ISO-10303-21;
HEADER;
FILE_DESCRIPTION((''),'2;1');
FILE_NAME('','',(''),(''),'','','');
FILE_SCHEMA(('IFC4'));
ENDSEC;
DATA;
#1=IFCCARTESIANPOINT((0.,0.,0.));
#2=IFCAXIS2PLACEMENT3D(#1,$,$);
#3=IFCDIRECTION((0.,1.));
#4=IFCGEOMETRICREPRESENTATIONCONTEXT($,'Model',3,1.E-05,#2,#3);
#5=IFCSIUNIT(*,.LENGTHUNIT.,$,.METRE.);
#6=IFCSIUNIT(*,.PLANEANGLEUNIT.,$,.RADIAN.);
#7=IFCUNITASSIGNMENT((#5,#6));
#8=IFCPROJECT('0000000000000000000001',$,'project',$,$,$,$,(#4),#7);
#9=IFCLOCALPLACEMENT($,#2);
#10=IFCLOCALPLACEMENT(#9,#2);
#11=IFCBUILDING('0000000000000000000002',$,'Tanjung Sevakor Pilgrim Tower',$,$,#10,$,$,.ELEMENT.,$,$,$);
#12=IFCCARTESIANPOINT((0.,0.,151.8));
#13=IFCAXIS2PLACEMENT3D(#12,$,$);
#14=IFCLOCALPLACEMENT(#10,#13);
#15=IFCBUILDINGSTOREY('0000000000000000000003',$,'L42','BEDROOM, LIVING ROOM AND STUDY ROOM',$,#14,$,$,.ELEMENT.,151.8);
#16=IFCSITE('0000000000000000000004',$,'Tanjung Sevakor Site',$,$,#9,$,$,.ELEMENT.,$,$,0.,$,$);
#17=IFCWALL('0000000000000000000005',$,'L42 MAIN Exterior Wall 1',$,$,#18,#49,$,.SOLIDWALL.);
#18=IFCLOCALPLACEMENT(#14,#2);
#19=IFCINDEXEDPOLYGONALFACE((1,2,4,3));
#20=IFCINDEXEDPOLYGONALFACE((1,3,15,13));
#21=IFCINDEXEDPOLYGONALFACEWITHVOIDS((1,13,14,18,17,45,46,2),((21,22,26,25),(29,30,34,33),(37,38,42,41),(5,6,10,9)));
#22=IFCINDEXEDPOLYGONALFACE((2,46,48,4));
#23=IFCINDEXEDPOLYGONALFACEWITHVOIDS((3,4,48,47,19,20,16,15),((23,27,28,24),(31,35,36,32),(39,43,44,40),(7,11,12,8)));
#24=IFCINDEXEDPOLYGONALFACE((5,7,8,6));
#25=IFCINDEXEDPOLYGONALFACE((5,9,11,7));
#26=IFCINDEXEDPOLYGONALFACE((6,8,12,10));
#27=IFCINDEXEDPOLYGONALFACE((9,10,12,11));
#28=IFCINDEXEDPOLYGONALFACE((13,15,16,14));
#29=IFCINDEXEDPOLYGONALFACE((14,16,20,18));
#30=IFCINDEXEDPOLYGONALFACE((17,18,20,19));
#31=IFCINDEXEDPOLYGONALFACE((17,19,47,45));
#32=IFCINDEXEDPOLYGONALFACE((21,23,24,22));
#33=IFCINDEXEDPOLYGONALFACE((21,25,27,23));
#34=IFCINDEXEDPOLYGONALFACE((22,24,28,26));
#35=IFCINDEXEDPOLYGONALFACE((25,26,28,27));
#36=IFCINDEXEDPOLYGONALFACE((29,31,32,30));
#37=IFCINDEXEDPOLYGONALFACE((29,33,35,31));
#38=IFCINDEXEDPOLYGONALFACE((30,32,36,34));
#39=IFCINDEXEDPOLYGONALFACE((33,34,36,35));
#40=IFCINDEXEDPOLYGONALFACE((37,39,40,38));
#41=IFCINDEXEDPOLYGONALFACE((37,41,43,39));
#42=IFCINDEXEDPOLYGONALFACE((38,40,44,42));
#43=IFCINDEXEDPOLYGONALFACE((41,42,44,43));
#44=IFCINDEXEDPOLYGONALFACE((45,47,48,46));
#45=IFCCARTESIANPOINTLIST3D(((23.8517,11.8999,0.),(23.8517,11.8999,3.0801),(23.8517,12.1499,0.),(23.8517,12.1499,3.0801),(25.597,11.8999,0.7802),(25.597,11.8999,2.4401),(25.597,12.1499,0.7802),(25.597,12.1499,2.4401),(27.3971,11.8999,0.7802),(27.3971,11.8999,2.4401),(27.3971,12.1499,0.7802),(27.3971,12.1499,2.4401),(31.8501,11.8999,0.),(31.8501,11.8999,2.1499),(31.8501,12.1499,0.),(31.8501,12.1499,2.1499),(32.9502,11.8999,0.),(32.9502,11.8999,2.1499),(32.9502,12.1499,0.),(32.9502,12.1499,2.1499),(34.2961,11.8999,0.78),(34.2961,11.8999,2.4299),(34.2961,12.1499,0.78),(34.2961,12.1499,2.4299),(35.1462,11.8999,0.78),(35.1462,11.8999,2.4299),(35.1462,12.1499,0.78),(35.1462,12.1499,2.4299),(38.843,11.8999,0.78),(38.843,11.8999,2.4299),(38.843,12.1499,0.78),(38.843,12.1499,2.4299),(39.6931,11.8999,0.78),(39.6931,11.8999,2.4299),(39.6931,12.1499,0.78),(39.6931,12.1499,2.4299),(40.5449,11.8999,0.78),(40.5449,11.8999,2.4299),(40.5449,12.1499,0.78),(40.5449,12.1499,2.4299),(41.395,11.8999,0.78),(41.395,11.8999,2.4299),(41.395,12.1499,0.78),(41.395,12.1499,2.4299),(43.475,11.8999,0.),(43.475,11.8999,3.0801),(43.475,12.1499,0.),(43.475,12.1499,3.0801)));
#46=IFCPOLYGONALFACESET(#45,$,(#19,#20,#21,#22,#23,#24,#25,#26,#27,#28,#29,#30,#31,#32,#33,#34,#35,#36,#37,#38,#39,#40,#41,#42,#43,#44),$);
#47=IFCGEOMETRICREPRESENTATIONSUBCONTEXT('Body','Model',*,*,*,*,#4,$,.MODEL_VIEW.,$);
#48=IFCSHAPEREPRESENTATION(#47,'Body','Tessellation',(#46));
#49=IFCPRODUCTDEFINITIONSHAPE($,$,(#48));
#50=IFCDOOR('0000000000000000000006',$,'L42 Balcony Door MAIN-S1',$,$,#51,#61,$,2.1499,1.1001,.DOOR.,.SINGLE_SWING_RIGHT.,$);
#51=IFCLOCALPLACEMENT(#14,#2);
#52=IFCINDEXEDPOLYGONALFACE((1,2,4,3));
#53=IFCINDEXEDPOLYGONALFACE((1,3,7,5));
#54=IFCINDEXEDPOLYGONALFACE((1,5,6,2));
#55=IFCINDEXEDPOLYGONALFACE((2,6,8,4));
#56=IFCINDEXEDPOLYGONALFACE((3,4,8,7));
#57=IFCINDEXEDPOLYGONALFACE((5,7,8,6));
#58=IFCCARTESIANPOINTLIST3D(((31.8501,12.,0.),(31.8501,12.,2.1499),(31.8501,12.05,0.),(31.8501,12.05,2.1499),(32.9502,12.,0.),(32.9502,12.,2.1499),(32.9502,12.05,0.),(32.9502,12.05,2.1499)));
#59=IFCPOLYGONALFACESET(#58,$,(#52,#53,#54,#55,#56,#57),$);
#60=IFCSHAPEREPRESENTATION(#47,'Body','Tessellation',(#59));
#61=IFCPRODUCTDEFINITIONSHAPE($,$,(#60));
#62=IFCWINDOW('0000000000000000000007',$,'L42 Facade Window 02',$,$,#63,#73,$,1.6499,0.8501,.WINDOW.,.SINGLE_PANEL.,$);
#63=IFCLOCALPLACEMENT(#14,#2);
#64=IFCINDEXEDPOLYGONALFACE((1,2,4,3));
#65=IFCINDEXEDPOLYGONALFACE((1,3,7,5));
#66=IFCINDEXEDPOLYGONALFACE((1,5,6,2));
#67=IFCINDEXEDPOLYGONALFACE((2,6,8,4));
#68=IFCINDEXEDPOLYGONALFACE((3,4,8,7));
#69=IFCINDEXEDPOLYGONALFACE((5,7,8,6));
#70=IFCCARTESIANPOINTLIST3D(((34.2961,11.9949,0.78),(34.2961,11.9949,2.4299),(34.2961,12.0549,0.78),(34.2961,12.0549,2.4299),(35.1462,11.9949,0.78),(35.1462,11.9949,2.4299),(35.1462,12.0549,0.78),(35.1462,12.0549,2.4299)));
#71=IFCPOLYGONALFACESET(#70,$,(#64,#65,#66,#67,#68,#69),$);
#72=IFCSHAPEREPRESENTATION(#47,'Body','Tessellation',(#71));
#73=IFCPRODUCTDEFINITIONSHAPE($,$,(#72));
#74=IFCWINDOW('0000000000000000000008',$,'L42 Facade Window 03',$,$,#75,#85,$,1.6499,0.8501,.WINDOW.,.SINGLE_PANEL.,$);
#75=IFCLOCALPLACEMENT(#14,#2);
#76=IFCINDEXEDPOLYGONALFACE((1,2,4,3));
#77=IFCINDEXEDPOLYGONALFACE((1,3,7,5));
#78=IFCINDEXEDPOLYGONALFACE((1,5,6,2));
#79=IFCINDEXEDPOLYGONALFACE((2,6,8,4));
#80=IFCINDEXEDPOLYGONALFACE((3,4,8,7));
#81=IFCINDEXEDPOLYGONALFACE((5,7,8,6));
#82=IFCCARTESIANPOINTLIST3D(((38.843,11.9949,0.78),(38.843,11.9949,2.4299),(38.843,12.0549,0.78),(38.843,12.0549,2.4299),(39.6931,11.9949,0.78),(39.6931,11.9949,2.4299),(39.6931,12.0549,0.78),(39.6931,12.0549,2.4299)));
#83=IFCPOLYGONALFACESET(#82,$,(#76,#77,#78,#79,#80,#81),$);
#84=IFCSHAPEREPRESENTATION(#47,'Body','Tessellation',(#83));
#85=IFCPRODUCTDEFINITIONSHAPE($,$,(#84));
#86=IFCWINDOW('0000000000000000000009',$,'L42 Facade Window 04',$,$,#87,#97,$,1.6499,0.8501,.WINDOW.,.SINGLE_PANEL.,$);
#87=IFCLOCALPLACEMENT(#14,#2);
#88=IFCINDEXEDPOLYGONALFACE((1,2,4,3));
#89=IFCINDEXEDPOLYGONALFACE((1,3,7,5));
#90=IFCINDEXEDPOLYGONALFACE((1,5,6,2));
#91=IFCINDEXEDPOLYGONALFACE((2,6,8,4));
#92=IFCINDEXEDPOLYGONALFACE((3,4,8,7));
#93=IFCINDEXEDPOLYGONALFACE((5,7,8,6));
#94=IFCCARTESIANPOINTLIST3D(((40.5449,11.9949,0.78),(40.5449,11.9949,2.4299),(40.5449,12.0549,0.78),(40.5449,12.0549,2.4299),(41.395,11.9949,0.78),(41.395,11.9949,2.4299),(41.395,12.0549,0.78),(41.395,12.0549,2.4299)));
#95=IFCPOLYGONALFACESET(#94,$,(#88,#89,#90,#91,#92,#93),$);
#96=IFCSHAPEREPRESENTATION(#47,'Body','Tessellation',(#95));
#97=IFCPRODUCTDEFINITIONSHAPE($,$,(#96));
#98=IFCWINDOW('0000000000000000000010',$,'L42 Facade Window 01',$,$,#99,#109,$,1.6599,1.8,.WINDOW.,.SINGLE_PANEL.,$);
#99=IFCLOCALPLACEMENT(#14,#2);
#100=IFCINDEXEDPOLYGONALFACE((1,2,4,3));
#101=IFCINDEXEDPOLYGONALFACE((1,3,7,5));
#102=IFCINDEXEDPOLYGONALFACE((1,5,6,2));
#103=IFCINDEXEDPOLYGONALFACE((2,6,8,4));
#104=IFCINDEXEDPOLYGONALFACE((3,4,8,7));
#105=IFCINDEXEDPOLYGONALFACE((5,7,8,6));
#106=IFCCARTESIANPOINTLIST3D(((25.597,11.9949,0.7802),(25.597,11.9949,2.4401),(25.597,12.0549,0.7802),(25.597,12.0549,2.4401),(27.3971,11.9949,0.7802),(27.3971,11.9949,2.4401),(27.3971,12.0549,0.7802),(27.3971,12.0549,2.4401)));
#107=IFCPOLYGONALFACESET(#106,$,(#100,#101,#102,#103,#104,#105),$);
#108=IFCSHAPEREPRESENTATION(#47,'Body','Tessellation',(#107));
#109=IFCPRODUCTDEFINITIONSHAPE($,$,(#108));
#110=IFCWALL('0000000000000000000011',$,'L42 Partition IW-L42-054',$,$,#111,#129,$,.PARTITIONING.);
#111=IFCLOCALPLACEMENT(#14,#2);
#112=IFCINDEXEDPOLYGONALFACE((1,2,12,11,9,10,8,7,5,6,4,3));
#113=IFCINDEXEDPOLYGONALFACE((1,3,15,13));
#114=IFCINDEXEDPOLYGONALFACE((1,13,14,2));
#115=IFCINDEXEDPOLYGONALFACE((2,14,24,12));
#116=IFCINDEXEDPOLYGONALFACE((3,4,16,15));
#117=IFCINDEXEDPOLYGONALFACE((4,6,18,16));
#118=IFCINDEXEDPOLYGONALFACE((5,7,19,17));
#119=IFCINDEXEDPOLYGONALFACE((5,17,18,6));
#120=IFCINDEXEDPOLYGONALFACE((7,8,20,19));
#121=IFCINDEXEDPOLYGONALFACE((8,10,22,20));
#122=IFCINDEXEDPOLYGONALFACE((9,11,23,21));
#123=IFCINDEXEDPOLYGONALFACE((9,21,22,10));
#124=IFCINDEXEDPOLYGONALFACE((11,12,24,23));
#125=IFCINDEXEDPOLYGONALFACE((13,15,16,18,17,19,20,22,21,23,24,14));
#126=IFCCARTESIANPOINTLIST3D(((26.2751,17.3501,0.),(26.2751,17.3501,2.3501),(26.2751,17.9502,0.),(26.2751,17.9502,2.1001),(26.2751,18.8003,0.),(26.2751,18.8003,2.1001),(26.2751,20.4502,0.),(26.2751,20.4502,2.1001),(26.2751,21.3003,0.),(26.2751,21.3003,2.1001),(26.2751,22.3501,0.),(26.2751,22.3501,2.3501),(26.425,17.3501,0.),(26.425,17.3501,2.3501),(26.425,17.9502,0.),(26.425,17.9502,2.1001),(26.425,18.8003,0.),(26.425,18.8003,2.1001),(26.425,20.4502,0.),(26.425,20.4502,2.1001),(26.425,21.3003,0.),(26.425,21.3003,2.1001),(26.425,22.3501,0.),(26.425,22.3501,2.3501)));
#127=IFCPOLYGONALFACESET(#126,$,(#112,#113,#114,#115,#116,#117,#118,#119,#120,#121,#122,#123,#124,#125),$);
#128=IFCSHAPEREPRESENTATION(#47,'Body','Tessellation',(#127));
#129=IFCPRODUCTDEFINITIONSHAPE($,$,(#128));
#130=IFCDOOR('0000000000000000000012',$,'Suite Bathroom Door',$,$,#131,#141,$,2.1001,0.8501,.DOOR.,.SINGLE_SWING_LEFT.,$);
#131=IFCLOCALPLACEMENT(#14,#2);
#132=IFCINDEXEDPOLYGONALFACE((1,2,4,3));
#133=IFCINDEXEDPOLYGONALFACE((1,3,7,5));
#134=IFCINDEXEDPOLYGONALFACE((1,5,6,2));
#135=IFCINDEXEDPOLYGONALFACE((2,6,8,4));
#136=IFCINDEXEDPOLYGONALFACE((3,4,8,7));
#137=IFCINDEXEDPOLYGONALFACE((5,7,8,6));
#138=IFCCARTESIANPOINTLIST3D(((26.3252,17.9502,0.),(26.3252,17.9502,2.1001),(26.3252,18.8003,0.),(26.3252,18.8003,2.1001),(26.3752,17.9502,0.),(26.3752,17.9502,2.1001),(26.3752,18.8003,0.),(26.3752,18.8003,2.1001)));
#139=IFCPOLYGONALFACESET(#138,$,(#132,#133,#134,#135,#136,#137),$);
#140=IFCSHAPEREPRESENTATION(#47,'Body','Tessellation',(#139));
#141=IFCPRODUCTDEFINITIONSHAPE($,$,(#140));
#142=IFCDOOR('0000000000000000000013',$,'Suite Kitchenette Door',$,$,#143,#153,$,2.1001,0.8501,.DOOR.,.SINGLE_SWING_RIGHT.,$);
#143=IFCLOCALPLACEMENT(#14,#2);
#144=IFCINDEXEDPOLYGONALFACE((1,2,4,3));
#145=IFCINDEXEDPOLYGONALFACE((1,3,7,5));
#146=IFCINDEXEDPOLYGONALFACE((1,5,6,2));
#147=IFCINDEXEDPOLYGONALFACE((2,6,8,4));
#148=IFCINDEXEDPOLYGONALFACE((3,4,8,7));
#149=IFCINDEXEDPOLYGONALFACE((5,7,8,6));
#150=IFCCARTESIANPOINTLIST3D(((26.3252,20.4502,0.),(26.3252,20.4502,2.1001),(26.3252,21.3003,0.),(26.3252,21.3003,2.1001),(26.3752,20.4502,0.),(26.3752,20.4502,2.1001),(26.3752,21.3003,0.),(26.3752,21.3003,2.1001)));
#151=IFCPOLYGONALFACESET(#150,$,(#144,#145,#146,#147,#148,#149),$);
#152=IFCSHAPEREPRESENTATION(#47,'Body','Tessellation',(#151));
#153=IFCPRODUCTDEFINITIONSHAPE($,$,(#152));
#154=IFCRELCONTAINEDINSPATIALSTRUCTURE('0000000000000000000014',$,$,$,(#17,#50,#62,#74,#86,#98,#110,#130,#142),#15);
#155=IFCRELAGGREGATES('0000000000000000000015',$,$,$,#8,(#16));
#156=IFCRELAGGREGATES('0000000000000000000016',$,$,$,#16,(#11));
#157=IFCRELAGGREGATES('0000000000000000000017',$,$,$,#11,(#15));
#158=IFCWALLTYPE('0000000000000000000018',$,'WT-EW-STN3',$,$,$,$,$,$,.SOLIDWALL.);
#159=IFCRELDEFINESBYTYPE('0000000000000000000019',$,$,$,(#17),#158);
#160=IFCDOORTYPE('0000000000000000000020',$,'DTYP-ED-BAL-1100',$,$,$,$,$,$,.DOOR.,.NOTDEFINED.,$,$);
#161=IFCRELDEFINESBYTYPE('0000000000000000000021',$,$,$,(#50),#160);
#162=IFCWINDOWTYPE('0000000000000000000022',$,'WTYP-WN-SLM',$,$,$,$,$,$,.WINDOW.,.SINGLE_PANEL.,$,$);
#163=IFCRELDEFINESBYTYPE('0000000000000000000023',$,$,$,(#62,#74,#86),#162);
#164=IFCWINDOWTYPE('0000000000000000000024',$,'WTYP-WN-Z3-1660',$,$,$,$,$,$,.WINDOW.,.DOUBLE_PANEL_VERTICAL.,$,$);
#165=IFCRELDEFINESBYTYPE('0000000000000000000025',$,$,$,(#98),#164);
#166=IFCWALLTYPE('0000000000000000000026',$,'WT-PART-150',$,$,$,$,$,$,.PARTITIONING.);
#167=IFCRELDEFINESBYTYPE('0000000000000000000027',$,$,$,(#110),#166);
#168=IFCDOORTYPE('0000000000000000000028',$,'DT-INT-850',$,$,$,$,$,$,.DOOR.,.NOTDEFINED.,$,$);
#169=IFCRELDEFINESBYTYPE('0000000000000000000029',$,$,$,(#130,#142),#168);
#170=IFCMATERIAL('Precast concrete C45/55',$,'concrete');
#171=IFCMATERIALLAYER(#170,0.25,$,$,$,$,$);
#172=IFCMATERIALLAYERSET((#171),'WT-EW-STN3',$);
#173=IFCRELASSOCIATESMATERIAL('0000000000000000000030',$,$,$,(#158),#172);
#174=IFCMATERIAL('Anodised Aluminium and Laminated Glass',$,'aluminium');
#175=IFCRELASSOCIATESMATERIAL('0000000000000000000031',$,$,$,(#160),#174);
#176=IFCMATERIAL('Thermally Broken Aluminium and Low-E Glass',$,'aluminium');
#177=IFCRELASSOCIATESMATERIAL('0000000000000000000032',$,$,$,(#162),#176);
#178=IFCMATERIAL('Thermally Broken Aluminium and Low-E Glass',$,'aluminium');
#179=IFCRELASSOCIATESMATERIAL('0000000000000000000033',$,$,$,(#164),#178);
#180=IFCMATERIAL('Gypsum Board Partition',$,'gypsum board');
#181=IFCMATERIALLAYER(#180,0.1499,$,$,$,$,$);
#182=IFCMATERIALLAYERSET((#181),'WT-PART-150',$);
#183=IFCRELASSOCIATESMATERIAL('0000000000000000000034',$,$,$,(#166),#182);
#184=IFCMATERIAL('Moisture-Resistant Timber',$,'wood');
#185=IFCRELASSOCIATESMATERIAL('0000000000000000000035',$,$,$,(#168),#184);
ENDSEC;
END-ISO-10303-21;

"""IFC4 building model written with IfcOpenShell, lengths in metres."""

from ifc_helpers import new_model, si_unit, direction, frame, frame_2d, origin, place, context, subcontext, project, spatial, rectangle, extrude, material, layer, layer_set, type_object, element, fill, save


model = new_model("IFC4")

# Units and contexts
model_context = context("Model", 3, precision=1e-05, world=origin(), true_north=direction((0.0, 1.0)))
body_context = subcontext(model_context, "Body", "Model", "MODEL_VIEW")
ifc_project = project(units=[si_unit("LENGTHUNIT", "METRE"), si_unit("PLANEANGLEUNIT", "RADIAN")], contexts=[model_context])

# Site, building, storey
site_placement = place(None, origin())
site = spatial("IfcSite", under=ifc_project, at=site_placement, Name="Tanjung Sevakor Site", CompositionType="ELEMENT", RefElevation=0.0)
building_placement = place(site_placement, origin())
building = spatial("IfcBuilding", under=site, at=building_placement, Name="Tanjung Sevakor Pilgrim Tower", CompositionType="ELEMENT")
storey_placement = place(building_placement, frame((0.0, 0.0, 151.8)))
storey = spatial("IfcBuildingStorey", under=building, at=storey_placement, Name="L42", Description="BEDROOM, LIVING ROOM AND STUDY ROOM", CompositionType="ELEMENT", Elevation=151.8)

# Wall, openings, door, windows
ifc_material_1 = material(Name="Precast concrete C45/55", Category="concrete")
ifc_layer_1 = layer(ifc_material_1, 0.25)
ifc_layer_set_1 = layer_set([ifc_layer_1], Name="WT-EW-STN3")
wall_type_1 = type_object("IfcWallType", Name="WT-EW-STN3", PredefinedType="SOLIDWALL", material=ifc_layer_set_1)
wall_1_placement = place(storey_placement, frame((23.8518, 12.0249, 0.0), z_axis=(0.0, 0.0, 1.0), x_axis=(1.0, 0.0, 0.0)))
wall_1 = element("IfcWall", 1, at=wall_1_placement, inside=storey, type_object=wall_type_1, Name="L42 MAIN Exterior Wall 1", PredefinedType="SOLIDWALL", context=body_context, shape_type="SweptSolid", body=[
    extrude(rectangle(XDim=19.6233, YDim=0.25, at=frame_2d((9.8115, 0.0))), origin(), (0.0, 0.0, 1.0), 3.0801),
])
opening_1_placement = place(wall_1_placement, frame((7.9983, 0.0, 0.0)))
opening_1 = element("IfcOpeningElement", 2, at=opening_1_placement, cuts=wall_1, PredefinedType="OPENING", context=body_context, shape_type="SweptSolid", body=[
    extrude(rectangle(XDim=1.1001, YDim=2.1499, at=frame_2d((0.55, 1.075))), frame((0.0, 0.135, 0.0), z_axis=(0.0, -1.0, 0.0), x_axis=(1.0, 0.0, 0.0)), (0.0, 0.0, 1.0), 0.27),
])
opening_2_placement = place(wall_1_placement, frame((1.7454, 0.0, 0.78)))
opening_2 = element("IfcOpeningElement", 3, at=opening_2_placement, cuts=wall_1, PredefinedType="OPENING", context=body_context, shape_type="SweptSolid", body=[
    extrude(rectangle(XDim=1.8, YDim=1.6599, at=frame_2d((0.8999, 0.8301))), frame((0.0, 0.135, 0.0), z_axis=(0.0, -1.0, 0.0), x_axis=(1.0, 0.0, 0.0)), (0.0, 0.0, 1.0), 0.27),
])
opening_3_placement = place(wall_1_placement, frame((10.4443, 0.0, 0.78)))
opening_3 = element("IfcOpeningElement", 4, at=opening_3_placement, cuts=wall_1, PredefinedType="OPENING", context=body_context, shape_type="SweptSolid", body=[
    extrude(rectangle(XDim=0.8501, YDim=1.6499, at=frame_2d((0.425, 0.825))), frame((0.0, 0.135, 0.0), z_axis=(0.0, -1.0, 0.0), x_axis=(1.0, 0.0, 0.0)), (0.0, 0.0, 1.0), 0.27),
])
opening_4_placement = place(wall_1_placement, frame((14.9912, 0.0, 0.78)))
opening_4 = element("IfcOpeningElement", 5, at=opening_4_placement, cuts=wall_1, PredefinedType="OPENING", context=body_context, shape_type="SweptSolid", body=[
    extrude(rectangle(XDim=0.8501, YDim=1.6499, at=frame_2d((0.425, 0.825))), frame((0.0, 0.135, 0.0), z_axis=(0.0, -1.0, 0.0), x_axis=(1.0, 0.0, 0.0)), (0.0, 0.0, 1.0), 0.27),
])
opening_5_placement = place(wall_1_placement, frame((16.6931, 0.0, 0.78)))
opening_5 = element("IfcOpeningElement", 6, at=opening_5_placement, cuts=wall_1, PredefinedType="OPENING", context=body_context, shape_type="SweptSolid", body=[
    extrude(rectangle(XDim=0.8501, YDim=1.6499, at=frame_2d((0.425, 0.825))), frame((0.0, 0.135, 0.0), z_axis=(0.0, -1.0, 0.0), x_axis=(1.0, 0.0, 0.0)), (0.0, 0.0, 1.0), 0.27),
])
ifc_material_2 = material(Name="Anodised Aluminium and Laminated Glass", Category="aluminium")
door_type_1 = type_object("IfcDoorType", Name="DTYP-ED-BAL-1100", OperationType="NOTDEFINED", PredefinedType="DOOR", material=ifc_material_2)
door_1_placement = place(opening_1_placement, frame((1.1001, 0.0, 0.0), z_axis=(0.0, 0.0, 1.0), x_axis=(-1.0, 0.0, 0.0)))
door_1 = element("IfcDoor", 7, at=door_1_placement, inside=storey, type_object=door_type_1, Name="L42 Balcony Door MAIN-S1", OperationType="SINGLE_SWING_RIGHT", OverallHeight=2.1499, OverallWidth=1.1001, PredefinedType="DOOR", context=body_context, shape_type="SweptSolid", body=[
    extrude(rectangle(XDim=1.1001, YDim=2.1499, at=frame_2d((0.55, 1.075))), frame((0.0, 0.0249, 0.0), z_axis=(0.0, -1.0, 0.0), x_axis=(1.0, 0.0, 0.0)), (0.0, 0.0, 1.0), 0.05),
])
fill(opening_1, door_1)
ifc_material_3 = material(Name="Thermally Broken Aluminium and Low-E Glass", Category="aluminium")
window_type_1 = type_object("IfcWindowType", Name="WTYP-WN-SLM", PartitioningType="SINGLE_PANEL", PredefinedType="WINDOW", material=ifc_material_3)
window_1_placement = place(opening_3_placement, origin())
window_1 = element("IfcWindow", 8, at=window_1_placement, inside=storey, type_object=window_type_1, Name="L42 Facade Window 02", OverallHeight=1.6499, OverallWidth=0.8501, PartitioningType="SINGLE_PANEL", PredefinedType="WINDOW", context=body_context, shape_type="SweptSolid", body=[
    extrude(rectangle(XDim=0.8501, YDim=1.6499, at=frame_2d((0.425, 0.825))), frame((0.0, 0.03, 0.0), z_axis=(0.0, -1.0, 0.0), x_axis=(1.0, 0.0, 0.0)), (0.0, 0.0, 1.0), 0.0601),
])
fill(opening_3, window_1)
window_2_placement = place(opening_4_placement, origin())
window_2 = element("IfcWindow", 9, at=window_2_placement, inside=storey, type_object=window_type_1, Name="L42 Facade Window 03", OverallHeight=1.6499, OverallWidth=0.8501, PartitioningType="SINGLE_PANEL", PredefinedType="WINDOW", context=body_context, shape_type="SweptSolid", body=[
    extrude(rectangle(XDim=0.8501, YDim=1.6499, at=frame_2d((0.425, 0.825))), frame((0.0, 0.03, 0.0), z_axis=(0.0, -1.0, 0.0), x_axis=(1.0, 0.0, 0.0)), (0.0, 0.0, 1.0), 0.0601),
])
fill(opening_4, window_2)
window_3_placement = place(opening_5_placement, origin())
window_3 = element("IfcWindow", 10, at=window_3_placement, inside=storey, type_object=window_type_1, Name="L42 Facade Window 04", OverallHeight=1.6499, OverallWidth=0.8501, PartitioningType="SINGLE_PANEL", PredefinedType="WINDOW", context=body_context, shape_type="SweptSolid", body=[
    extrude(rectangle(XDim=0.8501, YDim=1.6499, at=frame_2d((0.425, 0.825))), frame((0.0, 0.03, 0.0), z_axis=(0.0, -1.0, 0.0), x_axis=(1.0, 0.0, 0.0)), (0.0, 0.0, 1.0), 0.0601),
])
fill(opening_5, window_3)
ifc_material_4 = material(Name="Thermally Broken Aluminium and Low-E Glass", Category="aluminium")
window_type_2 = type_object("IfcWindowType", Name="WTYP-WN-Z3-1660", PartitioningType="DOUBLE_PANEL_VERTICAL", PredefinedType="WINDOW", material=ifc_material_4)
window_4_placement = place(opening_2_placement, origin())
window_4 = element("IfcWindow", 11, at=window_4_placement, inside=storey, type_object=window_type_2, Name="L42 Facade Window 01", OverallHeight=1.6599, OverallWidth=1.8, PartitioningType="SINGLE_PANEL", PredefinedType="WINDOW", context=body_context, shape_type="SweptSolid", body=[
    extrude(rectangle(XDim=1.8, YDim=1.6599, at=frame_2d((0.8999, 0.8301))), frame((0.0, 0.03, 0.0), z_axis=(0.0, -1.0, 0.0), x_axis=(1.0, 0.0, 0.0)), (0.0, 0.0, 1.0), 0.0601),
])
fill(opening_2, window_4)

# Wall, openings, doors
ifc_material_5 = material(Name="Gypsum Board Partition", Category="gypsum board")
ifc_layer_2 = layer(ifc_material_5, 0.1499)
ifc_layer_set_2 = layer_set([ifc_layer_2], Name="WT-PART-150")
wall_type_2 = type_object("IfcWallType", Name="WT-PART-150", PredefinedType="PARTITIONING", material=ifc_layer_set_2)
wall_2_placement = place(storey_placement, frame((26.3501, 17.3501, 0.0), z_axis=(0.0, 0.0, 1.0), x_axis=(0.0, 1.0, 0.0)))
wall_2 = element("IfcWall", 12, at=wall_2_placement, inside=storey, type_object=wall_type_2, Name="L42 Partition IW-L42-054", PredefinedType="PARTITIONING", context=body_context, shape_type="SweptSolid", body=[
    extrude(rectangle(XDim=5.0, YDim=0.1499, at=frame_2d((2.5, 0.0))), origin(), (0.0, 0.0, 1.0), 2.3501),
])
opening_6_placement = place(wall_2_placement, frame((0.6001, 0.0, 0.0)))
opening_6 = element("IfcOpeningElement", 13, at=opening_6_placement, cuts=wall_2, PredefinedType="OPENING", context=body_context, shape_type="SweptSolid", body=[
    extrude(rectangle(XDim=0.8501, YDim=2.1001, at=frame_2d((0.425, 1.05))), frame((0.0, 0.085, 0.0), z_axis=(0.0, -1.0, 0.0), x_axis=(1.0, 0.0, 0.0)), (0.0, 0.0, 1.0), 0.1699),
])
opening_7_placement = place(wall_2_placement, frame((3.1001, 0.0, 0.0)))
opening_7 = element("IfcOpeningElement", 14, at=opening_7_placement, cuts=wall_2, PredefinedType="OPENING", context=body_context, shape_type="SweptSolid", body=[
    extrude(rectangle(XDim=0.8501, YDim=2.1001, at=frame_2d((0.425, 1.05))), frame((0.0, 0.085, 0.0), z_axis=(0.0, -1.0, 0.0), x_axis=(1.0, 0.0, 0.0)), (0.0, 0.0, 1.0), 0.1699),
])
ifc_material_6 = material(Name="Moisture-Resistant Timber", Category="wood")
door_type_2 = type_object("IfcDoorType", Name="DT-INT-850", OperationType="NOTDEFINED", PredefinedType="DOOR", material=ifc_material_6)
door_2_placement = place(opening_6_placement, origin())
door_2 = element("IfcDoor", 15, at=door_2_placement, inside=storey, type_object=door_type_2, Name="Suite Bathroom Door", OperationType="SINGLE_SWING_LEFT", OverallHeight=2.1001, OverallWidth=0.8501, PredefinedType="DOOR", context=body_context, shape_type="SweptSolid", body=[
    extrude(rectangle(XDim=0.8501, YDim=2.1001, at=frame_2d((0.425, 1.05))), frame((0.0, 0.0249, 0.0), z_axis=(0.0, -1.0, 0.0), x_axis=(1.0, 0.0, 0.0)), (0.0, 0.0, 1.0), 0.05),
])
fill(opening_6, door_2)
door_3_placement = place(opening_7_placement, origin())
door_3 = element("IfcDoor", 16, at=door_3_placement, inside=storey, type_object=door_type_2, Name="Suite Kitchenette Door", OperationType="SINGLE_SWING_RIGHT", OverallHeight=2.1001, OverallWidth=0.8501, PredefinedType="DOOR", context=body_context, shape_type="SweptSolid", body=[
    extrude(rectangle(XDim=0.8501, YDim=2.1001, at=frame_2d((0.425, 1.05))), frame((0.0, 0.0249, 0.0), z_axis=(0.0, -1.0, 0.0), x_axis=(1.0, 0.0, 0.0)), (0.0, 0.0, 1.0), 0.05),
])
fill(opening_7, door_3)

save(model, "model.ifc")
